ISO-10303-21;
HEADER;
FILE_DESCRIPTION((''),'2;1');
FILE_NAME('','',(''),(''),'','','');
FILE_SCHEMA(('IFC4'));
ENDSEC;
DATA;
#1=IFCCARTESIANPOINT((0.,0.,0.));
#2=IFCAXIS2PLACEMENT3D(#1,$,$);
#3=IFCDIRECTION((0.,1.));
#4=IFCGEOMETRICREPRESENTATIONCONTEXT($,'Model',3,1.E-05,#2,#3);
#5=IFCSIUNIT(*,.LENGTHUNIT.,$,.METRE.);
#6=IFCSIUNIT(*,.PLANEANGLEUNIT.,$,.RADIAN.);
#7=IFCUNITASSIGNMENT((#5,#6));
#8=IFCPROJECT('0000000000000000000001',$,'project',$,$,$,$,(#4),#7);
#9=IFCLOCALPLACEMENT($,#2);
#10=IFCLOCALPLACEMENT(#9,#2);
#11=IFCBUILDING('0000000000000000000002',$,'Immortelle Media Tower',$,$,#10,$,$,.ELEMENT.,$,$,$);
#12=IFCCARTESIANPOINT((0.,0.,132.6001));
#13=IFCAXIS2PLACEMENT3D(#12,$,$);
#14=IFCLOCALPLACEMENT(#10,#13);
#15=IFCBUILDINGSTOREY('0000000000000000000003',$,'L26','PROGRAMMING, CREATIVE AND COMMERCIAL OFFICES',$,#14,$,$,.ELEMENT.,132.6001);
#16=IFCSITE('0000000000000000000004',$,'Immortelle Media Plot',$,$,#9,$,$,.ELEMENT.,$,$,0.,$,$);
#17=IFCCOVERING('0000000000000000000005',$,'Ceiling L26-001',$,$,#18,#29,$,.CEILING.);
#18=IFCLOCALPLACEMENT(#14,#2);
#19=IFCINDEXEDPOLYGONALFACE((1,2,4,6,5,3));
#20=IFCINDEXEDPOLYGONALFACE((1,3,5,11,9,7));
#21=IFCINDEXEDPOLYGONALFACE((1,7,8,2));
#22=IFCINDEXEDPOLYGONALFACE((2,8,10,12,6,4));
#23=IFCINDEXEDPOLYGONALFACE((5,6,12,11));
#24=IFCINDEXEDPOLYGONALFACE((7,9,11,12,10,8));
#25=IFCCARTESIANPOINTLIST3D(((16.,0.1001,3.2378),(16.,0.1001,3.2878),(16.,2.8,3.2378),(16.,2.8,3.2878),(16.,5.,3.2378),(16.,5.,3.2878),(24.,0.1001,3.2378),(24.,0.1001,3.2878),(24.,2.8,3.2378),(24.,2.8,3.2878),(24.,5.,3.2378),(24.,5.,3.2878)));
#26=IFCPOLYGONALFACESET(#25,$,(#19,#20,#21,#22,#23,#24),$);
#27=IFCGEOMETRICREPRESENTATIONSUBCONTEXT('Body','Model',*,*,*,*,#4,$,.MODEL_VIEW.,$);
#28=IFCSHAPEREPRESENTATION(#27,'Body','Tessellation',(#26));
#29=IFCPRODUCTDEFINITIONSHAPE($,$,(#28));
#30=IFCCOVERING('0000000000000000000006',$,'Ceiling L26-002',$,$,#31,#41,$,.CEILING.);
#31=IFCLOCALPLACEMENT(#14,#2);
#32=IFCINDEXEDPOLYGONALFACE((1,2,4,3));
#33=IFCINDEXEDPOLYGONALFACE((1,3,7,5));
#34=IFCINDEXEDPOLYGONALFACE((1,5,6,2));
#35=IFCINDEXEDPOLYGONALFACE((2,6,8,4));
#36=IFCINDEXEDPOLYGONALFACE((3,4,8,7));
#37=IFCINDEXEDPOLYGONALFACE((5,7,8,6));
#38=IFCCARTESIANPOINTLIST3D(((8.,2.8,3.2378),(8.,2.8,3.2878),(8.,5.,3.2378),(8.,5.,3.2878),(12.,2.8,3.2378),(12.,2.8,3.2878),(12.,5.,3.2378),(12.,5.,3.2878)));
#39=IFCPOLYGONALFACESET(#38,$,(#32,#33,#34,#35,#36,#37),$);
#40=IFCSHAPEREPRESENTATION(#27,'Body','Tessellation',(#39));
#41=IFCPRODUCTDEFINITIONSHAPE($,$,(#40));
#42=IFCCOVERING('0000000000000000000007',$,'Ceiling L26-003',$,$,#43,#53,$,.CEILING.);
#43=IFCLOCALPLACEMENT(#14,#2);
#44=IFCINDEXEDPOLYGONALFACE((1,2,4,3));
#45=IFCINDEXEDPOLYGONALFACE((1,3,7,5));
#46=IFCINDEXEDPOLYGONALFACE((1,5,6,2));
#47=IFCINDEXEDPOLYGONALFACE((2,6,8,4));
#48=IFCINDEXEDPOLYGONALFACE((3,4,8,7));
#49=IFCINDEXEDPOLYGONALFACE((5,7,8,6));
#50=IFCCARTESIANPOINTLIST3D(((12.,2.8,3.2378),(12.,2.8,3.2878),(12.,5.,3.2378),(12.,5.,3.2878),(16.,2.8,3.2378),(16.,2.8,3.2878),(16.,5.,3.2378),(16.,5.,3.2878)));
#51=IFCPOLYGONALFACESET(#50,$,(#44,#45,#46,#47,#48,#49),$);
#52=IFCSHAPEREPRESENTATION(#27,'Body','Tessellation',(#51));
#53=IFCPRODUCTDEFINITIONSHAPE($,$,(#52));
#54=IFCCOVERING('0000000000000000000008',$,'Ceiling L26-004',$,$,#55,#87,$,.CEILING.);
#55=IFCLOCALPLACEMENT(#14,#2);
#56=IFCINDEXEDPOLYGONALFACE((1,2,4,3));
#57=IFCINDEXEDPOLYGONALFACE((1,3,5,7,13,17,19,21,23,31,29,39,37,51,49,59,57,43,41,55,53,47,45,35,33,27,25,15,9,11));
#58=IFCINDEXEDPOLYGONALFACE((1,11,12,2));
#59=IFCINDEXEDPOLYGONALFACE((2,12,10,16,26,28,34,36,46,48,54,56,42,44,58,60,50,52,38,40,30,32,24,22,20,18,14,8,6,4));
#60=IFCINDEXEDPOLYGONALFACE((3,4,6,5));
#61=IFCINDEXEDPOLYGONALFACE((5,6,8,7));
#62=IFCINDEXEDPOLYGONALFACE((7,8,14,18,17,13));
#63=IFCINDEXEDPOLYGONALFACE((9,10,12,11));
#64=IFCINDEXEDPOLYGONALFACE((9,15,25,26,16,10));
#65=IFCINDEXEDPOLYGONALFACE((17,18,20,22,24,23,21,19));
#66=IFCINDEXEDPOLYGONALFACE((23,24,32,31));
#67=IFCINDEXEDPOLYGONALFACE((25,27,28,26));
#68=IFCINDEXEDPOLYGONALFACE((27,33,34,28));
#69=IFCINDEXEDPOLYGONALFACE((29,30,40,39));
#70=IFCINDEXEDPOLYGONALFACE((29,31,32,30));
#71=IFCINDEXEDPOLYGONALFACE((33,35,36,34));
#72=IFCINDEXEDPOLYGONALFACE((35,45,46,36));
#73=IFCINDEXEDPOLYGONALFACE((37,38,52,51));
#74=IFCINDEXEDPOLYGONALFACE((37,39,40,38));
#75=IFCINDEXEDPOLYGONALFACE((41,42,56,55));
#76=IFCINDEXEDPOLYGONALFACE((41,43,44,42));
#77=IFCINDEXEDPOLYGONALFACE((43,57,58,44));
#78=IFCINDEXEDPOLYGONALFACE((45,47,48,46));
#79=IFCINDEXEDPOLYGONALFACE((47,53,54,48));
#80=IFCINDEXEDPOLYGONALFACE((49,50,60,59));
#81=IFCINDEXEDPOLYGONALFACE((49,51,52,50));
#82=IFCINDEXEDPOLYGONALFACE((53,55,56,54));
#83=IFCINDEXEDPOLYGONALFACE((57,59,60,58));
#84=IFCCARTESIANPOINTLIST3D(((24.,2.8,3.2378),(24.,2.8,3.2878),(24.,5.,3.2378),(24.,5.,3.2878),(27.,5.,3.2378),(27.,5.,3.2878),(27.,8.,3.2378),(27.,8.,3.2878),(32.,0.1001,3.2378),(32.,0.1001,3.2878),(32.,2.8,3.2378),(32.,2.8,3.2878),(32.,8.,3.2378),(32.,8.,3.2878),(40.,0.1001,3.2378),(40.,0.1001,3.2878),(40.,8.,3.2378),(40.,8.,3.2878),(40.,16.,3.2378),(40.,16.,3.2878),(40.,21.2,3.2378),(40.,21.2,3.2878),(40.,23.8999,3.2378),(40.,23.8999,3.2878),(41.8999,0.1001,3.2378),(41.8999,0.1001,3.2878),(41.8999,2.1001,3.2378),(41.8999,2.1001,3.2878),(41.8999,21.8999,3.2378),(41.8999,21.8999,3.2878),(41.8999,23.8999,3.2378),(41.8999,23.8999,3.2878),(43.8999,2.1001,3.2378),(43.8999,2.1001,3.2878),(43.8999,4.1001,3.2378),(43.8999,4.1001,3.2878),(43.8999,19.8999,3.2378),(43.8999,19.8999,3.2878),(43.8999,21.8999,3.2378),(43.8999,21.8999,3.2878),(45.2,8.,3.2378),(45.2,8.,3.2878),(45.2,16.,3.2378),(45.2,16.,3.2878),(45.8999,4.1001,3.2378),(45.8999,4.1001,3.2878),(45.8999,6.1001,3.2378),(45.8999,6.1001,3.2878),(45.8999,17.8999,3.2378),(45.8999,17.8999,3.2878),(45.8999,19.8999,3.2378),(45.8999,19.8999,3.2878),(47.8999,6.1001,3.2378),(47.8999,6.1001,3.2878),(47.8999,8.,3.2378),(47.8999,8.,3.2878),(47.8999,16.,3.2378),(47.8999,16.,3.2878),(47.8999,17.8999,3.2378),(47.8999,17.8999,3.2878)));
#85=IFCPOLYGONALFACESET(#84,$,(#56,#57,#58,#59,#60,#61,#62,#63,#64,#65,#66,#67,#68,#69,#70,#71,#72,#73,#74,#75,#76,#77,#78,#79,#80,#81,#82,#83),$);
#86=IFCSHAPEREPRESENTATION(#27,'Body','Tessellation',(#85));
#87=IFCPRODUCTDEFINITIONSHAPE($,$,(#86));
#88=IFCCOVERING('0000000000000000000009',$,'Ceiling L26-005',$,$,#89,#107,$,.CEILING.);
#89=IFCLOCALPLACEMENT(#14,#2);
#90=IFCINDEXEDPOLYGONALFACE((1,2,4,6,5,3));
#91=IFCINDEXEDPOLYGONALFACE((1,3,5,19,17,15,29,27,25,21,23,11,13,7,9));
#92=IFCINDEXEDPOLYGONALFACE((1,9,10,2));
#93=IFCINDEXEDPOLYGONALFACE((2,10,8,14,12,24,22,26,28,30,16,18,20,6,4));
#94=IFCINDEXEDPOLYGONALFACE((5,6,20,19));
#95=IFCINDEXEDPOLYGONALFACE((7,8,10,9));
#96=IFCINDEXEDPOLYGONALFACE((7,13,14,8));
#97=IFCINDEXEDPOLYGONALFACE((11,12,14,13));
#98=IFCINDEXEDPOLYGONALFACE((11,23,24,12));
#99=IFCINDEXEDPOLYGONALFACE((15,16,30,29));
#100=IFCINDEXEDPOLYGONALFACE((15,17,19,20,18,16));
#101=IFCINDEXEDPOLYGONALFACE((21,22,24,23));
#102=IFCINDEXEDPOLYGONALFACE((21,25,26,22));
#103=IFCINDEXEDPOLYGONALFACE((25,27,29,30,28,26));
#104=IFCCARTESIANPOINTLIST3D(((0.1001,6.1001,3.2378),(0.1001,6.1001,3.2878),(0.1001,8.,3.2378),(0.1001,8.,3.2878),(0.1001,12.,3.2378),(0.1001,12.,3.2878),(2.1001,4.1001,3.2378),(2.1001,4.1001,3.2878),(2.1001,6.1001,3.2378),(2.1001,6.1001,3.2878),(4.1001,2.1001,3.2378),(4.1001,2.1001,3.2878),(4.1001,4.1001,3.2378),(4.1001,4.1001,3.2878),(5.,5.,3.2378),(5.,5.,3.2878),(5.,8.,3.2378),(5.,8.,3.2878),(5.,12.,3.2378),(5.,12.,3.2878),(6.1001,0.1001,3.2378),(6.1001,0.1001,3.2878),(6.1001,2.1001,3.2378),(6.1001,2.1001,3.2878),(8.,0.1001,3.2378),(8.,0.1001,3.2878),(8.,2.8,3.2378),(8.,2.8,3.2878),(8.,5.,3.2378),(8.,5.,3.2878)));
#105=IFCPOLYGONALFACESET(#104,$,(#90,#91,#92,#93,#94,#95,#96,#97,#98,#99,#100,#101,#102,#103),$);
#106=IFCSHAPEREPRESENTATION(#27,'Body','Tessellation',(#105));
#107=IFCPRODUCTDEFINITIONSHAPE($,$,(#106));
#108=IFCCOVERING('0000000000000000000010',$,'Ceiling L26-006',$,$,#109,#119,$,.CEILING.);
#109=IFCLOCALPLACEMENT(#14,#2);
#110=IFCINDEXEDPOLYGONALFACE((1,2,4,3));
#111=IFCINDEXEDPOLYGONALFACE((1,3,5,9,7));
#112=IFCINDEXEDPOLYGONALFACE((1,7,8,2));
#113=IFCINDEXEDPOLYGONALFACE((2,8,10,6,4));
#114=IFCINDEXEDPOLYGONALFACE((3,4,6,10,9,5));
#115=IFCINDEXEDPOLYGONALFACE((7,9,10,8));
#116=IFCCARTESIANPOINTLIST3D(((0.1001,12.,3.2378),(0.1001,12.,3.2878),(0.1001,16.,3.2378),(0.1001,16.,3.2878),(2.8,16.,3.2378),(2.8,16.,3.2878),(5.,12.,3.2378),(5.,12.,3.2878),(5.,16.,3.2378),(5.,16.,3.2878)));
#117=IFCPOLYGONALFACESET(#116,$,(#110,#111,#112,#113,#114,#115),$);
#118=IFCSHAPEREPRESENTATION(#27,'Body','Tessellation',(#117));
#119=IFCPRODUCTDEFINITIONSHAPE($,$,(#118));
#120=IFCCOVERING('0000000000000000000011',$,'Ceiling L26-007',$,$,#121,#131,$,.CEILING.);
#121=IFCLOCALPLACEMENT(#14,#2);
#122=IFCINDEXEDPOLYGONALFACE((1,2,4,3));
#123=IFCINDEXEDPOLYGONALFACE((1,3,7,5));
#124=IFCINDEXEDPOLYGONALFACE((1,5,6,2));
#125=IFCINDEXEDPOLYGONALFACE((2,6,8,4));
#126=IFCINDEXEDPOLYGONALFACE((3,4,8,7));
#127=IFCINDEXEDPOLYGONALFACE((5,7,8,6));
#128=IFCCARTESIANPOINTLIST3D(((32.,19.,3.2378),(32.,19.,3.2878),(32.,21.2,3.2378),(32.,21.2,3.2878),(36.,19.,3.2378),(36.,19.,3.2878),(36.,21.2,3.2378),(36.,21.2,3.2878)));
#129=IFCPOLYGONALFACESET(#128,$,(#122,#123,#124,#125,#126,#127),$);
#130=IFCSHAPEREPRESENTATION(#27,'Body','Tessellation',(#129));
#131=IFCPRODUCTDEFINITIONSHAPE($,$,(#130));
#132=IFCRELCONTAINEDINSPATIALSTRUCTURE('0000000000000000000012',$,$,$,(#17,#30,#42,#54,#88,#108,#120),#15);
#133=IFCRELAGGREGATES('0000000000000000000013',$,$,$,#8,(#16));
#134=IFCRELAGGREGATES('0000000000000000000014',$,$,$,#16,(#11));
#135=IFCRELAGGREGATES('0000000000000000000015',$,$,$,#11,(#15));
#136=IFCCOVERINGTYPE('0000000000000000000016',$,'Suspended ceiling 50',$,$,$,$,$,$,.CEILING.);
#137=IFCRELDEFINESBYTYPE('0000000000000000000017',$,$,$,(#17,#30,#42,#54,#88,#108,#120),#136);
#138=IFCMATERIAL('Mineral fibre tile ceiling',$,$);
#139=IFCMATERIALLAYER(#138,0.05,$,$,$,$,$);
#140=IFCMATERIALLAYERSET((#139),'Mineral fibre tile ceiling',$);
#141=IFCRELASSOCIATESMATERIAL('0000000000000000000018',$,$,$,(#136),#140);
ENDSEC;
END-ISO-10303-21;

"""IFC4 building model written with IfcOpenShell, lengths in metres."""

from ifc_helpers import new_model, si_unit, direction, frame, origin, place, context, subcontext, project, spatial, polyline, outline, extrude, material, layer, layer_set, type_object, element, save


model = new_model("IFC4")

# Units and contexts
model_context = context("Model", 3, precision=1e-05, world=origin(), true_north=direction((0.0, 1.0)))
body_context = subcontext(model_context, "Body", "Model", "MODEL_VIEW")
ifc_project = project(units=[si_unit("LENGTHUNIT", "METRE"), si_unit("PLANEANGLEUNIT", "RADIAN")], contexts=[model_context])

# Site, building, storey
site_placement = place(None, origin())
site = spatial("IfcSite", under=ifc_project, at=site_placement, Name="Immortelle Media Plot", CompositionType="ELEMENT", RefElevation=0.0)
building_placement = place(site_placement, origin())
building = spatial("IfcBuilding", under=site, at=building_placement, Name="Immortelle Media Tower", CompositionType="ELEMENT")
storey_placement = place(building_placement, frame((0.0, 0.0, 132.6001)))
storey = spatial("IfcBuildingStorey", under=building, at=storey_placement, Name="L26", Description="PROGRAMMING, CREATIVE AND COMMERCIAL OFFICES", CompositionType="ELEMENT", Elevation=132.6001)

# Coverings
ifc_material_1 = material(Name="Mineral fibre tile ceiling")
ifc_layer_1 = layer(ifc_material_1, 0.05)
ifc_layer_set_1 = layer_set([ifc_layer_1], Name="Mineral fibre tile ceiling")
covering_type = type_object("IfcCoveringType", Name="Suspended ceiling 50", PredefinedType="CEILING", material=ifc_layer_set_1)
covering_1_placement = place(storey_placement, frame((0.0, 0.0, 3.2378)))
element("IfcCovering", 1, at=covering_1_placement, inside=storey, type_object=covering_type, Name="Ceiling L26-001", PredefinedType="CEILING", context=body_context, shape_type="SweptSolid", body=[
    extrude(outline(polyline([(16.0, 0.1001), (16.0, 2.8), (16.0, 5.0), (24.0, 5.0), (24.0, 2.8), (24.0, 0.1001), (16.0, 0.1001)])), origin(), (0.0, 0.0, 1.0), 0.05),
])
covering_2_placement = place(storey_placement, frame((0.0, 0.0, 3.2378)))
element("IfcCovering", 2, at=covering_2_placement, inside=storey, type_object=covering_type, Name="Ceiling L26-002", PredefinedType="CEILING", context=body_context, shape_type="SweptSolid", body=[
    extrude(outline(polyline([(8.0, 5.0), (12.0, 5.0), (12.0, 2.8), (8.0, 2.8), (8.0, 5.0)])), origin(), (0.0, 0.0, 1.0), 0.05),
])
covering_3_placement = place(storey_placement, frame((0.0, 0.0, 3.2378)))
element("IfcCovering", 3, at=covering_3_placement, inside=storey, type_object=covering_type, Name="Ceiling L26-003", PredefinedType="CEILING", context=body_context, shape_type="SweptSolid", body=[
    extrude(outline(polyline([(16.0, 5.0), (16.0, 2.8), (12.0, 2.8), (12.0, 5.0), (16.0, 5.0)])), origin(), (0.0, 0.0, 1.0), 0.05),
])
covering_4_placement = place(storey_placement, frame((0.0, 0.0, 3.2378)))
element("IfcCovering", 4, at=covering_4_placement, inside=storey, type_object=covering_type, Name="Ceiling L26-004", PredefinedType="CEILING", context=body_context, shape_type="SweptSolid", body=[
    extrude(outline(polyline([(27.0, 5.0), (27.0, 8.0), (32.0, 8.0), (40.0, 8.0), (40.0, 16.0), (40.0, 21.2), (40.0, 23.8999), (41.8999, 23.8999), (41.8999, 21.8999), (43.8999, 21.8999), (43.8999, 19.8999), (45.8999, 19.8999), (45.8999, 17.8999), (47.8999, 17.8999), (47.8999, 16.0), (45.2, 16.0), (45.2, 8.0), (47.8999, 8.0), (47.8999, 6.1001), (45.8999, 6.1001), (45.8999, 4.1001), (43.8999, 4.1001), (43.8999, 2.1001), (41.8999, 2.1001), (41.8999, 0.1001), (40.0, 0.1001), (32.0, 0.1001), (32.0, 2.8), (24.0, 2.8), (24.0, 5.0), (27.0, 5.0)])), origin(), (0.0, 0.0, 1.0), 0.05),
])
covering_5_placement = place(storey_placement, frame((0.0, 0.0, 3.2378)))
element("IfcCovering", 5, at=covering_5_placement, inside=storey, type_object=covering_type, Name="Ceiling L26-005", PredefinedType="CEILING", context=body_context, shape_type="SweptSolid", body=[
    extrude(outline(polyline([(4.1001, 2.1001), (4.1001, 4.1001), (2.1001, 4.1001), (2.1001, 6.1001), (0.1001, 6.1001), (0.1001, 8.0), (0.1001, 12.0), (5.0, 12.0), (5.0, 8.0), (5.0, 5.0), (8.0, 5.0), (8.0, 2.8), (8.0, 0.1001), (6.1001, 0.1001), (6.1001, 2.1001), (4.1001, 2.1001)])), origin(), (0.0, 0.0, 1.0), 0.05),
])
covering_6_placement = place(storey_placement, frame((0.0, 0.0, 3.2378)))
element("IfcCovering", 6, at=covering_6_placement, inside=storey, type_object=covering_type, Name="Ceiling L26-006", PredefinedType="CEILING", context=body_context, shape_type="SweptSolid", body=[
    extrude(outline(polyline([(0.1001, 16.0), (2.8, 16.0), (5.0, 16.0), (5.0, 12.0), (0.1001, 12.0), (0.1001, 16.0)])), origin(), (0.0, 0.0, 1.0), 0.05),
])
covering_7_placement = place(storey_placement, frame((0.0, 0.0, 3.2378)))
element("IfcCovering", 7, at=covering_7_placement, inside=storey, type_object=covering_type, Name="Ceiling L26-007", PredefinedType="CEILING", context=body_context, shape_type="SweptSolid", body=[
    extrude(outline(polyline([(32.0, 19.0), (32.0, 21.2), (36.0, 21.2), (36.0, 19.0), (32.0, 19.0)])), origin(), (0.0, 0.0, 1.0), 0.05),
])

save(model, "model.ifc")
